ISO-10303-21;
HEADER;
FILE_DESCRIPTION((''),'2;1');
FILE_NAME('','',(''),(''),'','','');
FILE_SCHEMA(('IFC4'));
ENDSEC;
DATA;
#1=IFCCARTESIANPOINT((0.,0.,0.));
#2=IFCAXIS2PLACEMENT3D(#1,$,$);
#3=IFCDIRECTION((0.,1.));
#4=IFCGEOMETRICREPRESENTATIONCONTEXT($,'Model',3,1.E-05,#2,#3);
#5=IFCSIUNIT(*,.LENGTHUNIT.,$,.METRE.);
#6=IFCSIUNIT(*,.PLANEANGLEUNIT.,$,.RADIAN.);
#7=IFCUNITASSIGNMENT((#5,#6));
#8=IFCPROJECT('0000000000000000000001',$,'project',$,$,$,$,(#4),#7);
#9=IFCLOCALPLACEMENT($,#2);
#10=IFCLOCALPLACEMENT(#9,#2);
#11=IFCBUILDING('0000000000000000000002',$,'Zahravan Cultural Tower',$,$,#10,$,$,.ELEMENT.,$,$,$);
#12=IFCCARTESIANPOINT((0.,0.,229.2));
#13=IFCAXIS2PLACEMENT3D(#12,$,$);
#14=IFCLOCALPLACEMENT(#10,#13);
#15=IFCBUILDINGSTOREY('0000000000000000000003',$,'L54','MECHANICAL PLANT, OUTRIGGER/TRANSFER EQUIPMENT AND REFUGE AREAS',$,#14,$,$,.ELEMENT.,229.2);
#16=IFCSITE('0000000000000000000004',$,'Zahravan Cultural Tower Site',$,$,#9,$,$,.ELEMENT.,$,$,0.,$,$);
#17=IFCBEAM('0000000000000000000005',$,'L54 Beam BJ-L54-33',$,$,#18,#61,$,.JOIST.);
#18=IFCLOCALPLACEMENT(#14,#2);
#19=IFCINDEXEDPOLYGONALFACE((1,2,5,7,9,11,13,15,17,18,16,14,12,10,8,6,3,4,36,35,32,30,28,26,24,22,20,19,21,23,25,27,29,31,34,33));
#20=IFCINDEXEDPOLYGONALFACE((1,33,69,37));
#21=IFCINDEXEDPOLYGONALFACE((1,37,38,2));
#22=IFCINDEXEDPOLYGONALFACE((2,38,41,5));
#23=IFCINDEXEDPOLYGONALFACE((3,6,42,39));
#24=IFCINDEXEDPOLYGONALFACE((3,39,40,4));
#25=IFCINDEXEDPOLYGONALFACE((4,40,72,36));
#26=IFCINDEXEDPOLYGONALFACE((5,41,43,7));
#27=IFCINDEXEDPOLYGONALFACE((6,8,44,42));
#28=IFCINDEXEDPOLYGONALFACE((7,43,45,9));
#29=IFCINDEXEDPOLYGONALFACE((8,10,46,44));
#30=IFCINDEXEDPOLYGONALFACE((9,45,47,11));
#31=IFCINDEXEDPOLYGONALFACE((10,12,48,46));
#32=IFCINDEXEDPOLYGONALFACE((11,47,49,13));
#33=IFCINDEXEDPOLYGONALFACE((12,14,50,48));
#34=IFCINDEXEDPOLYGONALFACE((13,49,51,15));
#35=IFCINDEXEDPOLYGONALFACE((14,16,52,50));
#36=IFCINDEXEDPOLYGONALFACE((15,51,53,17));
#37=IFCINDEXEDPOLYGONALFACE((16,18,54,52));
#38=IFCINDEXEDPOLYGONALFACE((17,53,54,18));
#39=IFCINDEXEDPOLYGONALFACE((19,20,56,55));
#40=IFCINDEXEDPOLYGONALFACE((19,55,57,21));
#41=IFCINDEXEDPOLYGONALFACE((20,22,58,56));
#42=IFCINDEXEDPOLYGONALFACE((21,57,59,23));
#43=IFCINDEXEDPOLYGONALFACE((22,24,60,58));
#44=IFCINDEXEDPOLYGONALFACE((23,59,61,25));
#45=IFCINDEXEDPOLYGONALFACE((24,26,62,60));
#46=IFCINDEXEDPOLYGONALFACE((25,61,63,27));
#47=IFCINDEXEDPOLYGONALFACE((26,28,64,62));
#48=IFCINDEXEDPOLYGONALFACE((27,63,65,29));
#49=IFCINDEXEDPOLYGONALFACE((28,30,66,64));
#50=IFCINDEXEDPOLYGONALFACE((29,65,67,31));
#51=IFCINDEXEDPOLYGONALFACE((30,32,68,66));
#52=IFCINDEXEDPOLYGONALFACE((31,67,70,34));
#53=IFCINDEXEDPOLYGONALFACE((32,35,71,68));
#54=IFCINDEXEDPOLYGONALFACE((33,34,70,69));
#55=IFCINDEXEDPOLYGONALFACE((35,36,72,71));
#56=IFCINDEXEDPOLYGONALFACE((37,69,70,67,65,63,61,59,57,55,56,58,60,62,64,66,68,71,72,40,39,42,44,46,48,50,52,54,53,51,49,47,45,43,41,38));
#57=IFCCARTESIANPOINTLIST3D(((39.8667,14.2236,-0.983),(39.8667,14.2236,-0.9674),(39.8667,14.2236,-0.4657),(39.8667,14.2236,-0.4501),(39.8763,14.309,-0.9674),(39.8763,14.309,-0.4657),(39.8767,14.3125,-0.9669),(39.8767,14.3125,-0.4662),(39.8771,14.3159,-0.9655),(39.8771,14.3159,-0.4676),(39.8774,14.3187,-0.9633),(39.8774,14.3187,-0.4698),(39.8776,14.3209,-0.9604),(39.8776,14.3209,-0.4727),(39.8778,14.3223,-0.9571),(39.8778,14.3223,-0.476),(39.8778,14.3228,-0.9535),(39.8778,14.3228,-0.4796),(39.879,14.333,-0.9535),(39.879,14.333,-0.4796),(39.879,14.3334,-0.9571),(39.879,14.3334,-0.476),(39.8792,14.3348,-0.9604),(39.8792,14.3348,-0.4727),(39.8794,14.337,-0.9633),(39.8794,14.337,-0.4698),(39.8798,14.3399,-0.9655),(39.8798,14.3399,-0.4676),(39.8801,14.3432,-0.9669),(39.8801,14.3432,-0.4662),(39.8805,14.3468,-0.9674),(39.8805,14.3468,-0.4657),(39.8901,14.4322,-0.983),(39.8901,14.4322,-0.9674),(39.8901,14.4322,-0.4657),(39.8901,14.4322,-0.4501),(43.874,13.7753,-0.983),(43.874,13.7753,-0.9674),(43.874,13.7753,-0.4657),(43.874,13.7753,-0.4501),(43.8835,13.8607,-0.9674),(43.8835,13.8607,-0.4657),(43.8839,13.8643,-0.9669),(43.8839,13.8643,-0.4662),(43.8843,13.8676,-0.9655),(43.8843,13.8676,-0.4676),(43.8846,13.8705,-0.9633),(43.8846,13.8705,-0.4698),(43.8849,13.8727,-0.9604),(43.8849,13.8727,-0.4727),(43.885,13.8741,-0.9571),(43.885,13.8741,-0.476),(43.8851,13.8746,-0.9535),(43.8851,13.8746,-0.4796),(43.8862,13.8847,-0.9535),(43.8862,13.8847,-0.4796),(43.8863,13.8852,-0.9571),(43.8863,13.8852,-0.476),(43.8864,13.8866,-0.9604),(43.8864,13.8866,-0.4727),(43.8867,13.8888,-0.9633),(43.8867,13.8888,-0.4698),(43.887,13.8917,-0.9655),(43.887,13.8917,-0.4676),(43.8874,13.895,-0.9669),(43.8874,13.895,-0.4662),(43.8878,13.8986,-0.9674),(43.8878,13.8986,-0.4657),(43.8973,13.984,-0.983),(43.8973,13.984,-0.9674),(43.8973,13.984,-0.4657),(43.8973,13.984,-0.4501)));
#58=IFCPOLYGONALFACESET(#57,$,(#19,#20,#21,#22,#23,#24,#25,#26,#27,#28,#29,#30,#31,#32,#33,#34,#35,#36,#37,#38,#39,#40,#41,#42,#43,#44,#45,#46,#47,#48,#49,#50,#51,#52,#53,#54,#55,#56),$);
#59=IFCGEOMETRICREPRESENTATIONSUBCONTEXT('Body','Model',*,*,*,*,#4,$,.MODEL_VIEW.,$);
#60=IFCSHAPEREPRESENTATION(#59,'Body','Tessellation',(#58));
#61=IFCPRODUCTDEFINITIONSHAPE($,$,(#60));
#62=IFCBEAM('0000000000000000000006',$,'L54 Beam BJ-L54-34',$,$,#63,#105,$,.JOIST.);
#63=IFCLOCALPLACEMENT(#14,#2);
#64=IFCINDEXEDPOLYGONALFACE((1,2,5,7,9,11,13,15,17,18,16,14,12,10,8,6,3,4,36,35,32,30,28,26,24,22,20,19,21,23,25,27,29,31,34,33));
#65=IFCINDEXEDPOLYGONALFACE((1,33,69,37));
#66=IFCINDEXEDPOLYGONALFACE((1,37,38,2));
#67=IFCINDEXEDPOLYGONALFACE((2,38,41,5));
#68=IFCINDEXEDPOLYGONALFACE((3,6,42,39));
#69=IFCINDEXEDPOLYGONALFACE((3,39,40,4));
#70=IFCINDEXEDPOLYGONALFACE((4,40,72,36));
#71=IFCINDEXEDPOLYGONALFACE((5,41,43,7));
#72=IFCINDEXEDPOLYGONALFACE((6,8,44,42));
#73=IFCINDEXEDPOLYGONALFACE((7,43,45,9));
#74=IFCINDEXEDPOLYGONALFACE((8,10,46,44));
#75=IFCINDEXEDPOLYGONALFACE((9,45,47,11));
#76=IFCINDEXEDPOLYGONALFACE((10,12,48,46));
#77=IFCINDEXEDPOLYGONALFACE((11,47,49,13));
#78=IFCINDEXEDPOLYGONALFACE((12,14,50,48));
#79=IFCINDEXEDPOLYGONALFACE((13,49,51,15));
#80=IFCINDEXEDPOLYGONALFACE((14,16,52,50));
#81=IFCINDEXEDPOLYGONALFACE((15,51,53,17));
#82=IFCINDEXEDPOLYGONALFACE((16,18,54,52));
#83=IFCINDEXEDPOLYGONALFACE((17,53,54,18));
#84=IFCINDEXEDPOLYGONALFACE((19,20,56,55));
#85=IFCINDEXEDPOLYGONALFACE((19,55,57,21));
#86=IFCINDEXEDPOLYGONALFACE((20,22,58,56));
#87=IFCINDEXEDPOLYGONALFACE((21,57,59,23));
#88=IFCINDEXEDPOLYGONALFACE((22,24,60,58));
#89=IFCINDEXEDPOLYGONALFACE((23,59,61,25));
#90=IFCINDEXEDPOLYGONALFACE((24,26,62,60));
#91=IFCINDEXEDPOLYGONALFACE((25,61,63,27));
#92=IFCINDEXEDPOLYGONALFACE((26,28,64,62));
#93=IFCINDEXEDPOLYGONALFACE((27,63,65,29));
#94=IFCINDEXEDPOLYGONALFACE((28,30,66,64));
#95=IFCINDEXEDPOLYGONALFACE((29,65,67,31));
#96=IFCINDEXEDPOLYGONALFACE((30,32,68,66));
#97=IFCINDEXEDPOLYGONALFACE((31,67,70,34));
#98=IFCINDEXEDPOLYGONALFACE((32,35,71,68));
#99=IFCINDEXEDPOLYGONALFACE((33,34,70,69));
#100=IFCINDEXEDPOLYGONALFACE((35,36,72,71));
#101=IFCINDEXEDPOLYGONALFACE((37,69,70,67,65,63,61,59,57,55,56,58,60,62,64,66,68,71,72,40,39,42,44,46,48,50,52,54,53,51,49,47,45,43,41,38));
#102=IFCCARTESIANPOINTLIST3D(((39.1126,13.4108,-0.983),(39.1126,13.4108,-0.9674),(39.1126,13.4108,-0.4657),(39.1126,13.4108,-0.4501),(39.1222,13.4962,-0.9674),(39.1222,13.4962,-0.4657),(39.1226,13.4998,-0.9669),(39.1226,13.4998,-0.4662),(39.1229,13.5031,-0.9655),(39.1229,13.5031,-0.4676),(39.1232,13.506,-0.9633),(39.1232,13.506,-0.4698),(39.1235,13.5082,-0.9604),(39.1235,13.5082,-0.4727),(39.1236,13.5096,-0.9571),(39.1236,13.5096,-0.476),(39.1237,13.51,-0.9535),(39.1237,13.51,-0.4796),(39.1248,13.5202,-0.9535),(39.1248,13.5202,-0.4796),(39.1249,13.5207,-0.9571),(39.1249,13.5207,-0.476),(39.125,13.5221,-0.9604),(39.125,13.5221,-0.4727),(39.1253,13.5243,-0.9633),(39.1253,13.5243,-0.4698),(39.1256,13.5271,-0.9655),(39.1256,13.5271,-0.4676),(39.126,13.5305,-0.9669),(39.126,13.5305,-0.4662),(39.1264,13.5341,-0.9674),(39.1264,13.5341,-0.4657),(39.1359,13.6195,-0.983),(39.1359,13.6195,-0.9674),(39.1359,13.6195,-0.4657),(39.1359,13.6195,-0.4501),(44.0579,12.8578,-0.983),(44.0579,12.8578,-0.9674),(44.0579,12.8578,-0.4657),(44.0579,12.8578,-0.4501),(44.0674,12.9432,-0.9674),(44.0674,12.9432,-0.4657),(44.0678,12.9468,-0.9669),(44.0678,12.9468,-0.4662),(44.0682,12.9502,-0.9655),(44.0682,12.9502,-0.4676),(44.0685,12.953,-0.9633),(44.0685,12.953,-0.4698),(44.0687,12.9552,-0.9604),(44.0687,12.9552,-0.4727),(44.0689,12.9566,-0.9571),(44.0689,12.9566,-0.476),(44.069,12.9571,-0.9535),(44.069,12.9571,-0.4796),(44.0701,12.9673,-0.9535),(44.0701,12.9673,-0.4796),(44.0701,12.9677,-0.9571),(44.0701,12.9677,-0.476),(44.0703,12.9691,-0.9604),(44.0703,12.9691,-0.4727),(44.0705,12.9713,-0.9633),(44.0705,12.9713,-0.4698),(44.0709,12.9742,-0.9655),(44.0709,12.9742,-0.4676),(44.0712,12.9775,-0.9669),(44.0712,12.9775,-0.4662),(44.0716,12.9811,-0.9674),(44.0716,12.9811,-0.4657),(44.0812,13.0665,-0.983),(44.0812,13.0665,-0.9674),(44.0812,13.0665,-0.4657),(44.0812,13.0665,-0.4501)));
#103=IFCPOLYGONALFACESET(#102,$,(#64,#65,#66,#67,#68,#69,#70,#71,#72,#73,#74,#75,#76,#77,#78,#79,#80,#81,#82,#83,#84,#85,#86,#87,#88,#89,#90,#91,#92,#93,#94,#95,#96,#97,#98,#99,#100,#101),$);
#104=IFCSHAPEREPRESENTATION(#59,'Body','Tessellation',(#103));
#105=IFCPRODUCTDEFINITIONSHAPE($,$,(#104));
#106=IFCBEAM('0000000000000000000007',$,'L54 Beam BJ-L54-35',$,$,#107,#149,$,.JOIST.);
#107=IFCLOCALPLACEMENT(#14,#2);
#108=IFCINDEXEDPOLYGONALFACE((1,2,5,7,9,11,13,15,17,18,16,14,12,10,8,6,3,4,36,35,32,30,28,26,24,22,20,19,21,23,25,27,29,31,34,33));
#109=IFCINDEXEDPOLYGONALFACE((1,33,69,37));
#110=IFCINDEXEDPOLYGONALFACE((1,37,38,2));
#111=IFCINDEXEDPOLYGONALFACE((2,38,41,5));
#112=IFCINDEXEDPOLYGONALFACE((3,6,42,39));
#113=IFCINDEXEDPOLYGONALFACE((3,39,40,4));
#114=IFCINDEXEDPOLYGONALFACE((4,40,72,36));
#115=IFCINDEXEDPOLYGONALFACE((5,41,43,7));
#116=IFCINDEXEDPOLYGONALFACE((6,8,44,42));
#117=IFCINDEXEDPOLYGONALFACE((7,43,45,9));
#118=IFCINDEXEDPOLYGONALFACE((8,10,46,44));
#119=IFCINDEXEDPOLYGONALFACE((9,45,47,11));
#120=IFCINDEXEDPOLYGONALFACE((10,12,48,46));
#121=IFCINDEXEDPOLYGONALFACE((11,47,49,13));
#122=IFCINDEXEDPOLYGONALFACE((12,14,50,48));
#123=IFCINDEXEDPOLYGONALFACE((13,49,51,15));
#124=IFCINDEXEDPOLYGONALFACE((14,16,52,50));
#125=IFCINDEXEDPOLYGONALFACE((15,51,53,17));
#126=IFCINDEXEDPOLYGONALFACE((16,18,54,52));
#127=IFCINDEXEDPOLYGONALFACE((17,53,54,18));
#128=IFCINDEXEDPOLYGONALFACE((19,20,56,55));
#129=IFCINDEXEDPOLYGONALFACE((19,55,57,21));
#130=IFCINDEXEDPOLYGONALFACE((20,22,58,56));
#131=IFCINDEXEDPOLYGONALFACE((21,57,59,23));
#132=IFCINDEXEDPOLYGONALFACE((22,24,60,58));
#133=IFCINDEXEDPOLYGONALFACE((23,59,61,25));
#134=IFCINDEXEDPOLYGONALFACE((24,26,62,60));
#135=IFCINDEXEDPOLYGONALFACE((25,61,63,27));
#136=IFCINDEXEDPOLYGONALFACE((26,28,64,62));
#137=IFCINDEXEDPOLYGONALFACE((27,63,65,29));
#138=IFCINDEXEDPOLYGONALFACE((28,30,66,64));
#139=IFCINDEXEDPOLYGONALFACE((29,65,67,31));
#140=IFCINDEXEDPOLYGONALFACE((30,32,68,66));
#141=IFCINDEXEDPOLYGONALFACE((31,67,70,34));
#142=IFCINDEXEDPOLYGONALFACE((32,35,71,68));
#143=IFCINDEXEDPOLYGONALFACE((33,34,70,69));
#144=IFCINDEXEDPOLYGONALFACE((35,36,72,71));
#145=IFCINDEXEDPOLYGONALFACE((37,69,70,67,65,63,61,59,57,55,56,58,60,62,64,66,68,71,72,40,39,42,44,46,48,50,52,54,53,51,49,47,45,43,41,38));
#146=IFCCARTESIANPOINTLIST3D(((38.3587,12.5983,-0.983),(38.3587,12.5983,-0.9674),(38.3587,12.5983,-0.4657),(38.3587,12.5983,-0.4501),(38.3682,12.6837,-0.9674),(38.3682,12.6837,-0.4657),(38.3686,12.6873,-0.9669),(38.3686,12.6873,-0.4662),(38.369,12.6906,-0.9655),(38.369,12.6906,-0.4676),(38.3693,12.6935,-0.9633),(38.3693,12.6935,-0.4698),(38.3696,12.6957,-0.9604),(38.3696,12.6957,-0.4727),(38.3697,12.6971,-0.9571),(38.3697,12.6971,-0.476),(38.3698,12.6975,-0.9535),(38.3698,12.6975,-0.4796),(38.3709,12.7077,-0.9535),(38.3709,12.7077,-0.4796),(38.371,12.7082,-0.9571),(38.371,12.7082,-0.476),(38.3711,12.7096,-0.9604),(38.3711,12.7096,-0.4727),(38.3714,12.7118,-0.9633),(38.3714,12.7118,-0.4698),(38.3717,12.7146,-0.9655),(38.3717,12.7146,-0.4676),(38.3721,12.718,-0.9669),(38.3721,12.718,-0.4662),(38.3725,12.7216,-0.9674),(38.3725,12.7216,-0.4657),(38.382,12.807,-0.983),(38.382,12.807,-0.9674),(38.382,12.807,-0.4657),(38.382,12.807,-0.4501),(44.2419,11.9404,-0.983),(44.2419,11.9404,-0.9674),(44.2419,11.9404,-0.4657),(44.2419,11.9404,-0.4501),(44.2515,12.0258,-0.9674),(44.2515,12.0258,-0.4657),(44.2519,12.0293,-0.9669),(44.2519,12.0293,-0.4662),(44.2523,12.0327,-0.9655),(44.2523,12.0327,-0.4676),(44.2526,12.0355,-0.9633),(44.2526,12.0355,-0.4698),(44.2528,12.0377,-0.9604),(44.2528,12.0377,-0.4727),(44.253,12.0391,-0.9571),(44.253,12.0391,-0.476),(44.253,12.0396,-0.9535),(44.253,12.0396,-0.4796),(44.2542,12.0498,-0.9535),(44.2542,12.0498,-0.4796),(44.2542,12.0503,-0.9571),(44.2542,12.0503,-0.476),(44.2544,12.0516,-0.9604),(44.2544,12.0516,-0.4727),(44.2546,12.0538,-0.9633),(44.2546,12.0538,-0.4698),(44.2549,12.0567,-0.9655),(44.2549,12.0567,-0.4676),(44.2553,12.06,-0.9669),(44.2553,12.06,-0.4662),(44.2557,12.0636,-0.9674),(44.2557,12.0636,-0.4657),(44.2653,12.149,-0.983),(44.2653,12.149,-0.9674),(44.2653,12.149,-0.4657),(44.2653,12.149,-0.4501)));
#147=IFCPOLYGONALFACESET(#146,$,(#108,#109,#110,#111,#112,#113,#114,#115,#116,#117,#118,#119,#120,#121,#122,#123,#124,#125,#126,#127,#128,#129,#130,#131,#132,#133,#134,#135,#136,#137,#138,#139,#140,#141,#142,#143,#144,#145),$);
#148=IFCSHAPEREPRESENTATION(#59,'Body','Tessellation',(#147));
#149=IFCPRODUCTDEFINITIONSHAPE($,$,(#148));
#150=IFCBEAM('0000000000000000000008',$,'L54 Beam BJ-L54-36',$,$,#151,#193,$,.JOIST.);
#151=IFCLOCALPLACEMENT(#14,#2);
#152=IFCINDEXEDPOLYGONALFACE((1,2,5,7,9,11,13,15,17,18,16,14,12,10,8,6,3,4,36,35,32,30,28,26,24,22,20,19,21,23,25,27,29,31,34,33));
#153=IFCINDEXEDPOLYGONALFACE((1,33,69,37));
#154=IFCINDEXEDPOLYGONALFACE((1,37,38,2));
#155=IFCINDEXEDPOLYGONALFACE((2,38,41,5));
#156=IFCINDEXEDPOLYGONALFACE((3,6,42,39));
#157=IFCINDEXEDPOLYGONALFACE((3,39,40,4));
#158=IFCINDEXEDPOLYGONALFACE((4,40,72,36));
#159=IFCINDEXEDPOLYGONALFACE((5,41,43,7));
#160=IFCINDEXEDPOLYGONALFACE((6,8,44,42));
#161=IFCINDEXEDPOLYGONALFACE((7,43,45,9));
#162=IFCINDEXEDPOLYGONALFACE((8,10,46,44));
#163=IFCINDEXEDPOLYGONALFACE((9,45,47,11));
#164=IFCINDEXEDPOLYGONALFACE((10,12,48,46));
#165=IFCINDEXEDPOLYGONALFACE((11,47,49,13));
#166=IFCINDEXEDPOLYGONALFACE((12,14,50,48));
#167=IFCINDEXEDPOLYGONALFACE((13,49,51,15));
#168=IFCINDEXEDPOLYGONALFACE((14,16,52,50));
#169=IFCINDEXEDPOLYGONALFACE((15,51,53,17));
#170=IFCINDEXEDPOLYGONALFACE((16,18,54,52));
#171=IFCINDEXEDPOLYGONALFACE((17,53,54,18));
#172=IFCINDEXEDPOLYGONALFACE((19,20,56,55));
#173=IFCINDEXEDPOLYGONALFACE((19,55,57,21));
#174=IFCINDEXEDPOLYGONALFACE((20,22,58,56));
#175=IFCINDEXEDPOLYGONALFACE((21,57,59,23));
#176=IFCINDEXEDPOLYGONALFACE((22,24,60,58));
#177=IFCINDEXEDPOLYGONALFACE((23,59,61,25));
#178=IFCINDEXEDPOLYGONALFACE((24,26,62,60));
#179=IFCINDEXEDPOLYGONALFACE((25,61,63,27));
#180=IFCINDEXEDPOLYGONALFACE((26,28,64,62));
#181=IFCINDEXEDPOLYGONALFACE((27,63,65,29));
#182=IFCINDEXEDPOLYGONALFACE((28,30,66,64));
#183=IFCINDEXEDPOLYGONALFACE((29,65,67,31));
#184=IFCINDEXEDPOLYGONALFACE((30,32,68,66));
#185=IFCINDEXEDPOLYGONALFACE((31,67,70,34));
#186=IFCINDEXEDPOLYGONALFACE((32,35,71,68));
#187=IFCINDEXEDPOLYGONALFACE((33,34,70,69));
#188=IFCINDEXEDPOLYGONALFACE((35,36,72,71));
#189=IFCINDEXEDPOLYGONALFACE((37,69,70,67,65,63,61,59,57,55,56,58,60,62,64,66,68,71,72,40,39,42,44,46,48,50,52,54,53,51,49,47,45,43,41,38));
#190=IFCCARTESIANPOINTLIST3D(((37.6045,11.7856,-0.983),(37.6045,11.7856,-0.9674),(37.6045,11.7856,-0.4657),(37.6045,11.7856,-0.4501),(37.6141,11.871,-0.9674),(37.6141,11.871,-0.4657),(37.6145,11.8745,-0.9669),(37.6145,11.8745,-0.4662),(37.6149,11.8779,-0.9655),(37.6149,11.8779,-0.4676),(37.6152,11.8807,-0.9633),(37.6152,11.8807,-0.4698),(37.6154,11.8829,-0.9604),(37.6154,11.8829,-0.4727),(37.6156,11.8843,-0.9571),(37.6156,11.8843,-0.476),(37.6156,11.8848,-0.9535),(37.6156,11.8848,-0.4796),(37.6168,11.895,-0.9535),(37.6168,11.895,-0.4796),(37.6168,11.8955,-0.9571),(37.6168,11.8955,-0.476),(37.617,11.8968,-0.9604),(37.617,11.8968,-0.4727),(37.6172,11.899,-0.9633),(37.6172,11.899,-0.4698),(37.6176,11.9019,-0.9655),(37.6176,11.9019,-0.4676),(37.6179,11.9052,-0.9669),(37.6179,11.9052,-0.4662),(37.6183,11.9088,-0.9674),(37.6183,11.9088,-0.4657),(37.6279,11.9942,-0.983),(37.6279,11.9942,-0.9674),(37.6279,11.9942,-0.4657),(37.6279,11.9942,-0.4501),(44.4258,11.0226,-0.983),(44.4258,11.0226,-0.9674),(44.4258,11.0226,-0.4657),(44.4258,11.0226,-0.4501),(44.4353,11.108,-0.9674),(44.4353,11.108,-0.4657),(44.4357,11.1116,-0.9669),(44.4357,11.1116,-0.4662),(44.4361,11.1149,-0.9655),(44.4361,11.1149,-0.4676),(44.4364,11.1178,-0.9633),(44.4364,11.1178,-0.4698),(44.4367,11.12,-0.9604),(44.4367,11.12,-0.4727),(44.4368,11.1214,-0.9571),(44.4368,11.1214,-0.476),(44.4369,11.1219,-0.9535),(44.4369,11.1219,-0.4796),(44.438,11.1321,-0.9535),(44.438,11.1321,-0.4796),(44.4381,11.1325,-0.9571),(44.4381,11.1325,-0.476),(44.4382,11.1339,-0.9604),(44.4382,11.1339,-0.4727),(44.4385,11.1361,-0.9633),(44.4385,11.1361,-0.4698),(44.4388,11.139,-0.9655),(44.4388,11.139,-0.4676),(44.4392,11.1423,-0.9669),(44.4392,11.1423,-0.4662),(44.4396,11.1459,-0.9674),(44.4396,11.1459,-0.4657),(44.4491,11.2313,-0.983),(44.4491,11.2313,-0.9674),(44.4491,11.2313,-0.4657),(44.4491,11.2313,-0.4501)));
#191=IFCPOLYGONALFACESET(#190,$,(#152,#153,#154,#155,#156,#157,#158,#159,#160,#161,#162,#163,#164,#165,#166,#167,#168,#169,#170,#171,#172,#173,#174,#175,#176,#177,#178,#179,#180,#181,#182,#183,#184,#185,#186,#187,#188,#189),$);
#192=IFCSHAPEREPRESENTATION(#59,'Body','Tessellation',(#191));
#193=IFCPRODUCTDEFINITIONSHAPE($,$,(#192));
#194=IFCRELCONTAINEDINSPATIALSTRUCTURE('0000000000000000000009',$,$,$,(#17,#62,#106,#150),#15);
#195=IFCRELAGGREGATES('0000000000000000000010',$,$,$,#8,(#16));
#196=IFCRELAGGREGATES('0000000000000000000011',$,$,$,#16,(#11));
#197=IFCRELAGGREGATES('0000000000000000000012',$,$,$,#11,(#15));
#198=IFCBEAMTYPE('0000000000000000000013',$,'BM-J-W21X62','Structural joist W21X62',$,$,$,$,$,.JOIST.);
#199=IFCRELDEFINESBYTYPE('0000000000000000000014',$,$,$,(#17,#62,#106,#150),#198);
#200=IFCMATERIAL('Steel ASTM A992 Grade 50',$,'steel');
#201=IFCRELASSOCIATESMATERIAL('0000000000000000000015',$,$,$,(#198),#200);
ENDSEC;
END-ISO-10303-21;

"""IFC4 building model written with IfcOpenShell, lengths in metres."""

from ifc_helpers import new_model, si_unit, direction, frame, origin, origin_2d, place, context, subcontext, project, spatial, i_section, extrude, source, transform, mapped, material, material_profile, profile_set, type_object, element, save


model = new_model("IFC4")

# Units and contexts
model_context = context("Model", 3, precision=1e-05, world=origin(), true_north=direction((0.0, 1.0)))
body_context = subcontext(model_context, "Body", "Model", "MODEL_VIEW")
ifc_project = project(units=[si_unit("LENGTHUNIT", "METRE"), si_unit("PLANEANGLEUNIT", "RADIAN")], contexts=[model_context])

# Site, building, storey
site_placement = place(None, origin())
site = spatial("IfcSite", under=ifc_project, at=site_placement, Name="Zahravan Cultural Tower Site", CompositionType="ELEMENT", RefElevation=0.0)
building_placement = place(site_placement, origin())
building = spatial("IfcBuilding", under=site, at=building_placement, Name="Zahravan Cultural Tower", CompositionType="ELEMENT")
storey_placement = place(building_placement, frame((0.0, 0.0, 229.2)))
storey = spatial("IfcBuildingStorey", under=building, at=storey_placement, Name="L54", Description="MECHANICAL PLANT, OUTRIGGER/TRANSFER EQUIPMENT AND REFUGE AREAS", CompositionType="ELEMENT", Elevation=229.2)

# Shared definitions
ifc_material_1 = material(Name="Steel ASTM A992 Grade 50", Category="steel")

# Beams
ifc_material_profile_1 = material_profile(ifc_material_1, i_section(OverallWidth=0.21, OverallDepth=0.533, WebThickness=0.0103, FlangeThickness=0.0156, FilletRadius=0.0139, at=origin_2d()), Name="W21X62")
ifc_profile_set_1 = profile_set([ifc_material_profile_1], Name="Steel ASTM A992 Grade 50")
beam_type_1 = type_object("IfcBeamType", Name="BM-J-W21X62", Description="Structural joist W21X62", PredefinedType="JOIST", material=ifc_profile_set_1)
shared_shape_1 = source(origin(), body_context, "Body", "SweptSolid", [
    extrude(i_section(OverallWidth=0.21, OverallDepth=0.533, WebThickness=0.0103, FlangeThickness=0.0156, FilletRadius=0.0139, at=origin_2d()), origin(), (0.0, 0.0, 1.0), 4.0322),
])
beam_1_placement = place(storey_placement, frame((39.8784, 14.3279, -0.7166), z_axis=(0.993802, -0.111162, 0.0), x_axis=(0.111162, 0.993802, 0.0)))
element("IfcBeam", 1, at=beam_1_placement, inside=storey, type_object=beam_type_1, Name="L54 Beam BJ-L54-33", PredefinedType="JOIST", context=body_context, shape_type="MappedRepresentation", body=[
    mapped(shared_shape_1, transform((0.0, 0.0, 0.0), x_axis=(1.0, 0.0, 0.0), y_axis=(0.0, 1.0, 0.0), z_axis=(0.0, 0.0, 1.0), scale=1.0)),
])
shared_shape_2 = source(origin(), body_context, "Body", "SweptSolid", [
    extrude(i_section(OverallWidth=0.21, OverallDepth=0.533, WebThickness=0.0103, FlangeThickness=0.0156, FilletRadius=0.0139, at=origin_2d()), origin(), (0.0, 0.0, 1.0), 4.9761),
])
beam_2_placement = place(storey_placement, frame((39.1243, 13.5151, -0.7166), z_axis=(0.993806, -0.111126, 0.0), x_axis=(0.111126, 0.993806, 0.0)))
element("IfcBeam", 2, at=beam_2_placement, inside=storey, type_object=beam_type_1, Name="L54 Beam BJ-L54-34", PredefinedType="JOIST", context=body_context, shape_type="MappedRepresentation", body=[
    mapped(shared_shape_2, transform((0.0, 0.0, 0.0), x_axis=(1.0, 0.0, 0.0), y_axis=(0.0, 1.0, 0.0), z_axis=(0.0, 0.0, 1.0), scale=1.0)),
])
shared_shape_3 = source(origin(), body_context, "Body", "SweptSolid", [
    extrude(i_section(OverallWidth=0.21, OverallDepth=0.533, WebThickness=0.0103, FlangeThickness=0.0156, FilletRadius=0.0139, at=origin_2d()), origin(), (0.0, 0.0, 1.0), 5.9199),
])
beam_3_placement = place(storey_placement, frame((38.3704, 12.7026, -0.7166), z_axis=(0.993805, -0.111142, 0.0), x_axis=(0.111142, 0.993805, 0.0)))
element("IfcBeam", 3, at=beam_3_placement, inside=storey, type_object=beam_type_1, Name="L54 Beam BJ-L54-35", PredefinedType="JOIST", context=body_context, shape_type="MappedRepresentation", body=[
    mapped(shared_shape_3, transform((0.0, 0.0, 0.0), x_axis=(1.0, 0.0, 0.0), y_axis=(0.0, 1.0, 0.0), z_axis=(0.0, 0.0, 1.0), scale=1.0)),
])
shared_shape_4 = source(origin(), body_context, "Body", "SweptSolid", [
    extrude(i_section(OverallWidth=0.21, OverallDepth=0.533, WebThickness=0.0103, FlangeThickness=0.0156, FilletRadius=0.0139, at=origin_2d()), origin(), (0.0, 0.0, 1.0), 6.8638),
])
beam_4_placement = place(storey_placement, frame((37.6162, 11.8899, -0.7166), z_axis=(0.993803, -0.111154, 0.0), x_axis=(0.111154, 0.993803, 0.0)))
element("IfcBeam", 4, at=beam_4_placement, inside=storey, type_object=beam_type_1, Name="L54 Beam BJ-L54-36", PredefinedType="JOIST", context=body_context, shape_type="MappedRepresentation", body=[
    mapped(shared_shape_4, transform((0.0, 0.0, 0.0), x_axis=(1.0, 0.0, 0.0), y_axis=(0.0, 1.0, 0.0), z_axis=(0.0, 0.0, 1.0), scale=1.0)),
])

save(model, "model.ifc")
